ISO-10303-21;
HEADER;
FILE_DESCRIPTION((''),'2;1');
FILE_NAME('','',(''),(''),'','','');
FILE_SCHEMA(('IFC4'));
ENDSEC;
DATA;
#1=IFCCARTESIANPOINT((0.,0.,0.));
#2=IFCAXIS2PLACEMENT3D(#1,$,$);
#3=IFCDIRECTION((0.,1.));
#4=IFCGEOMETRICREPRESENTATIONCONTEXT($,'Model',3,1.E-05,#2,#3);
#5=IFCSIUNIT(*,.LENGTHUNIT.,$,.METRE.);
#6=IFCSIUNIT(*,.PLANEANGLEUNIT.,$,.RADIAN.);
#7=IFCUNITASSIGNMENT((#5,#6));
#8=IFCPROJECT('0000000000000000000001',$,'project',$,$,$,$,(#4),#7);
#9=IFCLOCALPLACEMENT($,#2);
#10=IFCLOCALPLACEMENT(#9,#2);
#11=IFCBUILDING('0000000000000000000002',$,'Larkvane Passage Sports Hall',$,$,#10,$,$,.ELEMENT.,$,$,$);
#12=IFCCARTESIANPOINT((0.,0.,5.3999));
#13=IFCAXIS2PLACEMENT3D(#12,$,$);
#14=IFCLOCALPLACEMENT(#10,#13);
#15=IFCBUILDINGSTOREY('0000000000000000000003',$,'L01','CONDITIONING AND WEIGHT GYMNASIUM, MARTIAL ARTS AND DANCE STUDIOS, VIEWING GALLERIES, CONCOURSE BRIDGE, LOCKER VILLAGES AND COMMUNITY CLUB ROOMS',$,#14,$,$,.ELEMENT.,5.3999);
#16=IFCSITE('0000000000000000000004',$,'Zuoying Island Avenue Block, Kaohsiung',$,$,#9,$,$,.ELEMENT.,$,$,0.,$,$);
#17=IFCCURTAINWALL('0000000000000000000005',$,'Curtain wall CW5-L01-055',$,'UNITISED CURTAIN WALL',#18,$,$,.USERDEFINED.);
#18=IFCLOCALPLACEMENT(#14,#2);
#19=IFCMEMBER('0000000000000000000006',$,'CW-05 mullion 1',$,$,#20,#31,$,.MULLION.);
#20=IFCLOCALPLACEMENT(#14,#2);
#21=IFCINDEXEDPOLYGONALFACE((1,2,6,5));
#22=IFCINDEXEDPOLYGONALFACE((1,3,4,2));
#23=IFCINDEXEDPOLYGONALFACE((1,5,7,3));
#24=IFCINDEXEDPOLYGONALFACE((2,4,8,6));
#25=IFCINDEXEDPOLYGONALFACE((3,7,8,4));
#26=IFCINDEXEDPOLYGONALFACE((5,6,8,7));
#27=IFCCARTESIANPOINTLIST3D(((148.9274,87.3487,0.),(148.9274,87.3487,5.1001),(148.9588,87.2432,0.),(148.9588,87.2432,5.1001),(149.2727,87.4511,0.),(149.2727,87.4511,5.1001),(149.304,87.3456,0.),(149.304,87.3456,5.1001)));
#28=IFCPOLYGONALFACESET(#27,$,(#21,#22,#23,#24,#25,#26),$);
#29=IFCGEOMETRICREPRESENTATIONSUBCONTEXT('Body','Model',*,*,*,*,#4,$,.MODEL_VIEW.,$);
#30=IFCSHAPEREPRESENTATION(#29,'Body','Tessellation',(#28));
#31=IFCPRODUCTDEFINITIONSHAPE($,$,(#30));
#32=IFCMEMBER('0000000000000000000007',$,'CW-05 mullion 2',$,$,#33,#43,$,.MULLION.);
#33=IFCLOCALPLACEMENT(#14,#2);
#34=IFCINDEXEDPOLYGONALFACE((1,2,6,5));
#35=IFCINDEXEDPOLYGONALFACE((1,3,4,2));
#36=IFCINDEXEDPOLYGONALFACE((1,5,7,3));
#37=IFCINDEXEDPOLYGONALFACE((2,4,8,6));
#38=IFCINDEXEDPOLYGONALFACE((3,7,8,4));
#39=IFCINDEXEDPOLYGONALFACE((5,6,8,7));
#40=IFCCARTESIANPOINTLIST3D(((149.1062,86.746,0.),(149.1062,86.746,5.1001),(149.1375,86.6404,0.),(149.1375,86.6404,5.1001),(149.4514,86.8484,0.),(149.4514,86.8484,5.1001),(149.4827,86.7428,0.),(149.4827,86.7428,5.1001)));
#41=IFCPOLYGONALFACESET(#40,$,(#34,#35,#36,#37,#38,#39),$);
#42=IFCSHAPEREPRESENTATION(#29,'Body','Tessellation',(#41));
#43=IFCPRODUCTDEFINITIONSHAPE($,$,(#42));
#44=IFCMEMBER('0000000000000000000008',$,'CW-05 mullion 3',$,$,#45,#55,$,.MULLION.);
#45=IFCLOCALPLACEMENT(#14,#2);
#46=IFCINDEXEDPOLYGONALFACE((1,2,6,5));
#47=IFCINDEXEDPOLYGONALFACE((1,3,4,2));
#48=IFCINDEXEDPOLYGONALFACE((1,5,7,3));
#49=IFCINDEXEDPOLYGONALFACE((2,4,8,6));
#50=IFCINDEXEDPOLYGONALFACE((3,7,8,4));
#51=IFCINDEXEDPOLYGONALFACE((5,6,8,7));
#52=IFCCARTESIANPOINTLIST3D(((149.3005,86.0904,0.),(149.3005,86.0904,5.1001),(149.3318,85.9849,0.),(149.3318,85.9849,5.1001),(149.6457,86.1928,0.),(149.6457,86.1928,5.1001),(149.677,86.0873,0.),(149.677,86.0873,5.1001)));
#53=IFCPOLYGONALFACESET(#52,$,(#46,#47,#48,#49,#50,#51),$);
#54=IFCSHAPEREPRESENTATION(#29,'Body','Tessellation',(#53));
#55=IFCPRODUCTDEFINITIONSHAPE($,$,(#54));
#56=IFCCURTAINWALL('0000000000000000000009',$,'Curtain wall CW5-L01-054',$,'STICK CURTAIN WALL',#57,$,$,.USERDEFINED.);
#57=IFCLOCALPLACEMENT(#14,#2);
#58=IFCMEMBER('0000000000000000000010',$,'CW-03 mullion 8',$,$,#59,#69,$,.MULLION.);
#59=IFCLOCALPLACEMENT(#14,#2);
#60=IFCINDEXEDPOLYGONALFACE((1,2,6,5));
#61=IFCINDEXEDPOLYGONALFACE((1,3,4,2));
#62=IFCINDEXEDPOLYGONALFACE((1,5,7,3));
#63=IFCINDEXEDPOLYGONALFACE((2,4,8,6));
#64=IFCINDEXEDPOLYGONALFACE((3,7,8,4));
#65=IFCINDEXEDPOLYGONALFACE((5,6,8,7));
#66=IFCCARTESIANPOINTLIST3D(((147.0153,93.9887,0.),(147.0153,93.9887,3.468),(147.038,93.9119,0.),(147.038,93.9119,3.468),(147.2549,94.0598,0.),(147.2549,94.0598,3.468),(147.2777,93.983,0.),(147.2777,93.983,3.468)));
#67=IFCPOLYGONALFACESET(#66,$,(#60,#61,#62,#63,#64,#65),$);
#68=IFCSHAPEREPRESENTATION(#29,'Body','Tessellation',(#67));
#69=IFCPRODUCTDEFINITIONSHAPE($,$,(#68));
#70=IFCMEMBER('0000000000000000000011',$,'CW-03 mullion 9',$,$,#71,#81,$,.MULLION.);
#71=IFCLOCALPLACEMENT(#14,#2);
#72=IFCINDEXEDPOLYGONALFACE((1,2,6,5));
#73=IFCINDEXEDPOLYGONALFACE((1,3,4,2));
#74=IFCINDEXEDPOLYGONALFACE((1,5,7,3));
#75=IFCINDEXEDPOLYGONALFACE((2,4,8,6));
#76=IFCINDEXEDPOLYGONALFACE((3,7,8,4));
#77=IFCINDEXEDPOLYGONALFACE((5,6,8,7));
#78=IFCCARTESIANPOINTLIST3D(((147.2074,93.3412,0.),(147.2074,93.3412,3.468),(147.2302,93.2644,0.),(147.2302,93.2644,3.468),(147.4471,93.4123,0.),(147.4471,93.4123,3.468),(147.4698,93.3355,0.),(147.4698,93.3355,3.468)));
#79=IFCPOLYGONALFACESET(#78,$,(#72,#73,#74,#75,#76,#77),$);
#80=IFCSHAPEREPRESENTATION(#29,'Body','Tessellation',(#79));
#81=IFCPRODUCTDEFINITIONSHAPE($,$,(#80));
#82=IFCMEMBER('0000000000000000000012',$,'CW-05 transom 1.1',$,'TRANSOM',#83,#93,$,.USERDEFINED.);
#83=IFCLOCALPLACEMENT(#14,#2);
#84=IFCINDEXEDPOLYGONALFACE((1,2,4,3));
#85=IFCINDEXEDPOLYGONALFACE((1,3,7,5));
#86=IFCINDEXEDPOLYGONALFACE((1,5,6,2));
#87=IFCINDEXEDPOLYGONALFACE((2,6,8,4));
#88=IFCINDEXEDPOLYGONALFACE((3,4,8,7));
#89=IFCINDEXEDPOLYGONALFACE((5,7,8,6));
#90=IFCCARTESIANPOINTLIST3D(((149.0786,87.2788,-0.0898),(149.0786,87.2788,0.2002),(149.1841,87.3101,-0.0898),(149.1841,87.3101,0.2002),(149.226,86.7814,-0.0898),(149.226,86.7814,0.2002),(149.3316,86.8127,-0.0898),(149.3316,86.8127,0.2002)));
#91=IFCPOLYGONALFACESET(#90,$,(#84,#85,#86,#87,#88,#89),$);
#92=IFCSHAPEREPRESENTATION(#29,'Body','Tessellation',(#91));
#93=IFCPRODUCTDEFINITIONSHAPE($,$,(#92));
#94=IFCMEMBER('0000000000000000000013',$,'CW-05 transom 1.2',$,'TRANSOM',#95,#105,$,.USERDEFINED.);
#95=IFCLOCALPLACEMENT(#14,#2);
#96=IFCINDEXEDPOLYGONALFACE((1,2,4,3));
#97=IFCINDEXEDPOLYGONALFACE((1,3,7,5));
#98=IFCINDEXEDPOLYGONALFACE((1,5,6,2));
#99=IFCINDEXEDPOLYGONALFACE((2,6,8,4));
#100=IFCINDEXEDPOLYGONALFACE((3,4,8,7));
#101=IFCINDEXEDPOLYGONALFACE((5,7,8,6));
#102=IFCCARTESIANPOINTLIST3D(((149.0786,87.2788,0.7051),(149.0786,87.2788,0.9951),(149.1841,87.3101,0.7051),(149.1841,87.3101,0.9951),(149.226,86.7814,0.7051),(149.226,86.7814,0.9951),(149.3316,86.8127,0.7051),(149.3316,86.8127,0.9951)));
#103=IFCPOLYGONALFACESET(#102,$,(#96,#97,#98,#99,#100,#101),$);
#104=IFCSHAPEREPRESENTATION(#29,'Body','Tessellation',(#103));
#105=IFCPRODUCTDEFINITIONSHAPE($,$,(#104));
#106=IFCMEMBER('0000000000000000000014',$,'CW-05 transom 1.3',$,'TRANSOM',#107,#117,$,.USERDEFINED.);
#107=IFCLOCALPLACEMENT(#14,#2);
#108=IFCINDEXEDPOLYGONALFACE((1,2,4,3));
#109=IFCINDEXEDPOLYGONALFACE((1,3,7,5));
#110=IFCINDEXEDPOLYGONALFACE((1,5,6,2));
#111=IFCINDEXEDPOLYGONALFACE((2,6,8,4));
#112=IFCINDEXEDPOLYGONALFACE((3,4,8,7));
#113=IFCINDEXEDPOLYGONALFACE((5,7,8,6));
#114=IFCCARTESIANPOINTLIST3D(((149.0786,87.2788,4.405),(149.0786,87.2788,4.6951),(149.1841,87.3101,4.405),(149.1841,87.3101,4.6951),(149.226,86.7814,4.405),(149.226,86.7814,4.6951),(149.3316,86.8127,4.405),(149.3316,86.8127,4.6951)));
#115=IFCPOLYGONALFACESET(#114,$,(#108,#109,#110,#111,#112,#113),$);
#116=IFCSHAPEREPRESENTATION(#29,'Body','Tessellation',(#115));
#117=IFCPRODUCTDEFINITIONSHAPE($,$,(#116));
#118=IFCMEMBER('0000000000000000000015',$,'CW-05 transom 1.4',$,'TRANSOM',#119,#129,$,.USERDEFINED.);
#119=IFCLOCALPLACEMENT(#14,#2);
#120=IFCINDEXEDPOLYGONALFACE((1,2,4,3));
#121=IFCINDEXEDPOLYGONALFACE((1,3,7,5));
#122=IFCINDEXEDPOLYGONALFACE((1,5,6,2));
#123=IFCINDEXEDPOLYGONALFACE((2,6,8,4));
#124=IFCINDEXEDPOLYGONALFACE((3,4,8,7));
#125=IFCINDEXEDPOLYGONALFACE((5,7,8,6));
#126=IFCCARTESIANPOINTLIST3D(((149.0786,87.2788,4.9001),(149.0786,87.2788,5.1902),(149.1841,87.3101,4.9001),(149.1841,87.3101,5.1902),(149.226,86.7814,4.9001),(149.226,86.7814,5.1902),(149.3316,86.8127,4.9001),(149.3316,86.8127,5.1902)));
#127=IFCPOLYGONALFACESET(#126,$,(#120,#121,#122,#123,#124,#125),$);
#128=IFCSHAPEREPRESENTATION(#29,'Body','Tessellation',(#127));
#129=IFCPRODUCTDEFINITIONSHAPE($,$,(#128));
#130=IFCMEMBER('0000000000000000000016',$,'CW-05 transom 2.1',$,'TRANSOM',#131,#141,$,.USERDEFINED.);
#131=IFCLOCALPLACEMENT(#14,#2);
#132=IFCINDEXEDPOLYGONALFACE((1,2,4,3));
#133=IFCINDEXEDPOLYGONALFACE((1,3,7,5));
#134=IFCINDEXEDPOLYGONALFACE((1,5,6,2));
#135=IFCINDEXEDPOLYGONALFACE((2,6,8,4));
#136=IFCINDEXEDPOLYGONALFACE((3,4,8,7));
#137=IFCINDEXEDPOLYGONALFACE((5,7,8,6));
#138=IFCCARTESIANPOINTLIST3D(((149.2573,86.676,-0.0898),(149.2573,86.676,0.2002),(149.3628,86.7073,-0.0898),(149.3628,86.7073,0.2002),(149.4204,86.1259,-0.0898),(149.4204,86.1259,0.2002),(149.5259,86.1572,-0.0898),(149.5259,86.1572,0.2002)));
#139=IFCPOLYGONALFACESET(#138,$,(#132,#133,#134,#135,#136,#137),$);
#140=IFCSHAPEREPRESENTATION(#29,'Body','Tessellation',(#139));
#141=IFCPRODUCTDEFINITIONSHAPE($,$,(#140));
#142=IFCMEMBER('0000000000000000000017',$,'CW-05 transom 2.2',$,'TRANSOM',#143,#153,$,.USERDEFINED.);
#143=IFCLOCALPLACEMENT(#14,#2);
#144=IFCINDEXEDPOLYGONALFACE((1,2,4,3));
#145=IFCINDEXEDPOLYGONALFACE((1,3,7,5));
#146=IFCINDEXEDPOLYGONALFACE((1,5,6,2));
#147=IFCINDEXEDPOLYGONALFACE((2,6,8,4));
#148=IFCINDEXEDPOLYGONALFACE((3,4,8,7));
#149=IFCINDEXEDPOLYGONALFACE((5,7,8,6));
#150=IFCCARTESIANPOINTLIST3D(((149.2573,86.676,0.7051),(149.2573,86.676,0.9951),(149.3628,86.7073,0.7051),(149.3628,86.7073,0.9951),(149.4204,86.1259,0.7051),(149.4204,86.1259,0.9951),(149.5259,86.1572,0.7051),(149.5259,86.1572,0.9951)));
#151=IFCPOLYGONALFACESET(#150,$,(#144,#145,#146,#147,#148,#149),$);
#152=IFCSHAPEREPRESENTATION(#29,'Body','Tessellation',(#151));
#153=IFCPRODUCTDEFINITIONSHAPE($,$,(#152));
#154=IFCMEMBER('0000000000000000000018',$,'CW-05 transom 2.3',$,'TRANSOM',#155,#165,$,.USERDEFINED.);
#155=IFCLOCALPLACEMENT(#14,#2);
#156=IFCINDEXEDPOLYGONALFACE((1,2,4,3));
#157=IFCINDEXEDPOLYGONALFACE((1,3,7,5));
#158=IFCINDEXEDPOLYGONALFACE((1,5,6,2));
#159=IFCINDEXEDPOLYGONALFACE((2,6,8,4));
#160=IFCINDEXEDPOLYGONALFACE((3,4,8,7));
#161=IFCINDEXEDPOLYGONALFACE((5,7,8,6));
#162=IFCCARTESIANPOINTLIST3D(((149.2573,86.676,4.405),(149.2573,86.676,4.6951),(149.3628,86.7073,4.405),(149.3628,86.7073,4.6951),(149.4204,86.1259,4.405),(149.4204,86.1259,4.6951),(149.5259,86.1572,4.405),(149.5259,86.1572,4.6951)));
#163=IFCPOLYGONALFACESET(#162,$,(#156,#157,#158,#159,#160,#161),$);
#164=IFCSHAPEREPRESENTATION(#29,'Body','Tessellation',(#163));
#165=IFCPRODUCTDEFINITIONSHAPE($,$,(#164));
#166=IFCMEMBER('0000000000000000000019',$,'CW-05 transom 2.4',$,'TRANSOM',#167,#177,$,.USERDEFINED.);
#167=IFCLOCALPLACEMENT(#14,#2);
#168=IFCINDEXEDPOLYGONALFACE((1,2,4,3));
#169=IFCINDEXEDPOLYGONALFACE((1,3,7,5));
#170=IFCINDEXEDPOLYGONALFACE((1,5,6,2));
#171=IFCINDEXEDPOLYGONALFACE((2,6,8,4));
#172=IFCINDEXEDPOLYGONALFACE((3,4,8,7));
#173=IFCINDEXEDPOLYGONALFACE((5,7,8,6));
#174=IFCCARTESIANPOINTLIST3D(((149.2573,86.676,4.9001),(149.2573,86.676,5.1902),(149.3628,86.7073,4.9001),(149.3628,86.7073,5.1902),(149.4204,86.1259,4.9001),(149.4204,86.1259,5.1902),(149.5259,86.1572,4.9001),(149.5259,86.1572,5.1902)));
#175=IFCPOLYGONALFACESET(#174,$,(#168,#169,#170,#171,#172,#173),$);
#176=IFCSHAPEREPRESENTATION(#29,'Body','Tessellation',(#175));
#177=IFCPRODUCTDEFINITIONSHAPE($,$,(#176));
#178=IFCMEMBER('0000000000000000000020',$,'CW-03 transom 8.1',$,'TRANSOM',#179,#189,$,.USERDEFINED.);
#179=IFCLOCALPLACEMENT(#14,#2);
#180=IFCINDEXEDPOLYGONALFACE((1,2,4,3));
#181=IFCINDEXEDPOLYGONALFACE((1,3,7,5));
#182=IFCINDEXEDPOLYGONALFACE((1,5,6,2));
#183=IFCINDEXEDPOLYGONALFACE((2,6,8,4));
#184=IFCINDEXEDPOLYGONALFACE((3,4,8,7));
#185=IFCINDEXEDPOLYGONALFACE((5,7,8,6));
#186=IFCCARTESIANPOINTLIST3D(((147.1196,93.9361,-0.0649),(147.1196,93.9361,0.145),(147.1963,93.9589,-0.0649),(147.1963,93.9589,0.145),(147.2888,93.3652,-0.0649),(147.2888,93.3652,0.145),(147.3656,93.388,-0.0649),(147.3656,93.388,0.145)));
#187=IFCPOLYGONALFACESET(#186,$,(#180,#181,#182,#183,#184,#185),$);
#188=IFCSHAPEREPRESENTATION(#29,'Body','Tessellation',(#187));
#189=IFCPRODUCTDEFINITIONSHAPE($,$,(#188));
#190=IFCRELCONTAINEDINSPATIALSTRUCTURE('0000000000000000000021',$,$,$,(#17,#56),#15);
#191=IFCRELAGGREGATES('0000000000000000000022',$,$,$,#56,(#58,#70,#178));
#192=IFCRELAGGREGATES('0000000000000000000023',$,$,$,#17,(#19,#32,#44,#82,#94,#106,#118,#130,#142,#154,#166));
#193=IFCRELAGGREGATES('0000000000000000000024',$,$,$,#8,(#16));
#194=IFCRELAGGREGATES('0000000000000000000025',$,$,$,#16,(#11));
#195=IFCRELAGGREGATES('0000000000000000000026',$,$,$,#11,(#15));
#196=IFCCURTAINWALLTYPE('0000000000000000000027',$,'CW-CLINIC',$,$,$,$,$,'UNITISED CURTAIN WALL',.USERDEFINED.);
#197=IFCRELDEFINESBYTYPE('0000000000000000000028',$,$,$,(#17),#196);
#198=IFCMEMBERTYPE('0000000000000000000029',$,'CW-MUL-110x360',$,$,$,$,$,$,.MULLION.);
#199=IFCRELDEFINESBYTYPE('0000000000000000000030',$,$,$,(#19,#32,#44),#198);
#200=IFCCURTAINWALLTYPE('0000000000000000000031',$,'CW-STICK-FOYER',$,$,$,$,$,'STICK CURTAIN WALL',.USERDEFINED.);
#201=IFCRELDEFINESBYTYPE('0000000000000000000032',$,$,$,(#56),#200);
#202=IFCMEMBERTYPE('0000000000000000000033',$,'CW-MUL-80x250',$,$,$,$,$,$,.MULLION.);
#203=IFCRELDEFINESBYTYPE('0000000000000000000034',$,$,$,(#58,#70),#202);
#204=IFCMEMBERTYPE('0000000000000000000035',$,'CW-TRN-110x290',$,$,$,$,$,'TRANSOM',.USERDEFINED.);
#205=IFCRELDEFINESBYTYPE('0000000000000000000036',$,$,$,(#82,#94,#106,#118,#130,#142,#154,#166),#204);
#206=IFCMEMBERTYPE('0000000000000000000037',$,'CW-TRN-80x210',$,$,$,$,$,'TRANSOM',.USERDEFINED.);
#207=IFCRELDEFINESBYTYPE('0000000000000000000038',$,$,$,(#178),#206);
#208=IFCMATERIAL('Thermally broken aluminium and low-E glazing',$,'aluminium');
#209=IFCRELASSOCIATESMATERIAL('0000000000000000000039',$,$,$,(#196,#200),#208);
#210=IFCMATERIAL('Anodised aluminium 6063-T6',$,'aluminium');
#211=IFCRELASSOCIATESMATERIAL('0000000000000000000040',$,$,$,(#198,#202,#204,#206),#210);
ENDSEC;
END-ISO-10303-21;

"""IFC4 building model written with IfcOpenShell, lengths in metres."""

from ifc_helpers import new_model, si_unit, direction, frame, origin, origin_2d, place, context, subcontext, project, spatial, rectangle, extrude, material, material_profile, profile_set, type_object, element, aggregate, save


model = new_model("IFC4")

# Units and contexts
model_context = context("Model", 3, precision=1e-05, world=origin(), true_north=direction((0.0, 1.0)))
body_context = subcontext(model_context, "Body", "Model", "MODEL_VIEW")
ifc_project = project(units=[si_unit("LENGTHUNIT", "METRE"), si_unit("PLANEANGLEUNIT", "RADIAN")], contexts=[model_context])

# Site, building, storey
site_placement = place(None, origin())
site = spatial("IfcSite", under=ifc_project, at=site_placement, Name="Zuoying Island Avenue Block, Kaohsiung", CompositionType="ELEMENT", RefElevation=0.0)
building_placement = place(site_placement, origin())
building = spatial("IfcBuilding", under=site, at=building_placement, Name="Larkvane Passage Sports Hall", CompositionType="ELEMENT")
storey_placement = place(building_placement, frame((0.0, 0.0, 5.3999)))
storey = spatial("IfcBuildingStorey", under=building, at=storey_placement, Name="L01", Description="CONDITIONING AND WEIGHT GYMNASIUM, MARTIAL ARTS AND DANCE STUDIOS, VIEWING GALLERIES, CONCOURSE BRIDGE, LOCKER VILLAGES AND COMMUNITY CLUB ROOMS", CompositionType="ELEMENT", Elevation=5.3999)

# Curtain walls, members
ifc_material_1 = material(Name="Thermally broken aluminium and low-E glazing", Category="aluminium")
curtain_wall_type_1 = type_object("IfcCurtainWallType", Name="CW-CLINIC", ElementType="UNITISED CURTAIN WALL", PredefinedType="USERDEFINED", material=ifc_material_1)
curtain_wall_1_placement = place(storey_placement, origin())
curtain_wall_1 = element("IfcCurtainWall", 1, at=curtain_wall_1_placement, inside=storey, type_object=curtain_wall_type_1, Name="Curtain wall CW5-L01-055", ObjectType="UNITISED CURTAIN WALL", PredefinedType="USERDEFINED")
ifc_material_2 = material(Name="Anodised aluminium 6063-T6", Category="aluminium")
ifc_material_profile_1 = material_profile(ifc_material_2, rectangle(XDim=0.1101, YDim=0.3601, at=origin_2d()), Name="ALU-MUL-110x360")
ifc_profile_set_1 = profile_set([ifc_material_profile_1], Name="Anodised aluminium 6063-T6")
member_type_1 = type_object("IfcMemberType", Name="CW-MUL-110x360", PredefinedType="MULLION", material=ifc_profile_set_1)
member_1_placement = place(storey_placement, frame((149.1157, 87.3472, 0.0), z_axis=(0.0, 0.0, 1.0), x_axis=(0.284365, -0.958716, 0.0)))
member_1 = element("IfcMember", 2, at=member_1_placement, type_object=member_type_1, Name="CW-05 mullion 1", PredefinedType="MULLION", context=body_context, shape_type="SweptSolid", body=[
    extrude(rectangle(XDim=0.1101, YDim=0.3601, at=origin_2d()), origin(), (0.0, 0.0, 1.0), 5.1001),
])
member_2_placement = place(storey_placement, frame((149.2944, 86.7444, 0.0), z_axis=(0.0, 0.0, 1.0), x_axis=(0.284365, -0.958716, 0.0)))
member_2 = element("IfcMember", 3, at=member_2_placement, type_object=member_type_1, Name="CW-05 mullion 2", PredefinedType="MULLION", context=body_context, shape_type="SweptSolid", body=[
    extrude(rectangle(XDim=0.1101, YDim=0.3601, at=origin_2d()), origin(), (0.0, 0.0, 1.0), 5.1001),
])
member_3_placement = place(storey_placement, frame((149.4888, 86.0889, 0.0), z_axis=(0.0, 0.0, 1.0), x_axis=(0.284365, -0.958716, 0.0)))
member_3 = element("IfcMember", 4, at=member_3_placement, type_object=member_type_1, Name="CW-05 mullion 3", PredefinedType="MULLION", context=body_context, shape_type="SweptSolid", body=[
    extrude(rectangle(XDim=0.1101, YDim=0.3601, at=origin_2d()), origin(), (0.0, 0.0, 1.0), 5.1001),
])
curtain_wall_type_2 = type_object("IfcCurtainWallType", Name="CW-STICK-FOYER", ElementType="STICK CURTAIN WALL", PredefinedType="USERDEFINED", material=ifc_material_1)
curtain_wall_2_placement = place(storey_placement, origin())
curtain_wall_2 = element("IfcCurtainWall", 5, at=curtain_wall_2_placement, inside=storey, type_object=curtain_wall_type_2, Name="Curtain wall CW5-L01-054", ObjectType="STICK CURTAIN WALL", PredefinedType="USERDEFINED")
ifc_material_profile_2 = material_profile(ifc_material_2, rectangle(XDim=0.0801, YDim=0.25, at=origin_2d()), Name="ALU-MUL-80x250")
ifc_profile_set_2 = profile_set([ifc_material_profile_2], Name="Anodised aluminium 6063-T6")
member_type_2 = type_object("IfcMemberType", Name="CW-MUL-80x250", PredefinedType="MULLION", material=ifc_profile_set_2)
member_4_placement = place(storey_placement, frame((147.1465, 93.9858, 0.0), z_axis=(0.0, 0.0, 1.0), x_axis=(0.284363, -0.958717, 0.0)))
member_4 = element("IfcMember", 6, at=member_4_placement, type_object=member_type_2, Name="CW-03 mullion 8", PredefinedType="MULLION", context=body_context, shape_type="SweptSolid", body=[
    extrude(rectangle(XDim=0.0801, YDim=0.25, at=origin_2d()), origin(), (0.0, 0.0, 1.0), 3.468),
])
member_5_placement = place(storey_placement, frame((147.3386, 93.3384, 0.0), z_axis=(0.0, 0.0, 1.0), x_axis=(0.284363, -0.958717, 0.0)))
member_5 = element("IfcMember", 7, at=member_5_placement, type_object=member_type_2, Name="CW-03 mullion 9", PredefinedType="MULLION", context=body_context, shape_type="SweptSolid", body=[
    extrude(rectangle(XDim=0.0801, YDim=0.25, at=origin_2d()), origin(), (0.0, 0.0, 1.0), 3.468),
])

# Members
ifc_material_profile_3 = material_profile(ifc_material_2, rectangle(XDim=0.1101, YDim=0.29, at=origin_2d()), Name="ALU-TRN-110x290")
ifc_profile_set_3 = profile_set([ifc_material_profile_3], Name="Anodised aluminium 6063-T6")
member_type_3 = type_object("IfcMemberType", Name="CW-TRN-110x290", ElementType="TRANSOM", PredefinedType="USERDEFINED", material=ifc_profile_set_3)
member_6_placement = place(storey_placement, frame((149.1313, 87.2944, 0.0552), z_axis=(0.284281, -0.958741, 0.0), x_axis=(0.958741, 0.284281, 0.0)))
member_6 = element("IfcMember", 8, at=member_6_placement, type_object=member_type_3, Name="CW-05 transom 1.1", ObjectType="TRANSOM", PredefinedType="USERDEFINED", context=body_context, shape_type="SweptSolid", body=[
    extrude(rectangle(XDim=0.1101, YDim=0.29, at=origin_2d()), origin(), (0.0, 0.0, 1.0), 0.5188),
])
member_7_placement = place(storey_placement, frame((149.1313, 87.2944, 0.8501), z_axis=(0.284281, -0.958741, 0.0), x_axis=(0.958741, 0.284281, 0.0)))
member_7 = element("IfcMember", 9, at=member_7_placement, type_object=member_type_3, Name="CW-05 transom 1.2", ObjectType="TRANSOM", PredefinedType="USERDEFINED", context=body_context, shape_type="SweptSolid", body=[
    extrude(rectangle(XDim=0.1101, YDim=0.29, at=origin_2d()), origin(), (0.0, 0.0, 1.0), 0.5188),
])
member_8_placement = place(storey_placement, frame((149.1313, 87.2944, 4.55), z_axis=(0.284281, -0.958741, 0.0), x_axis=(0.958741, 0.284281, 0.0)))
member_8 = element("IfcMember", 10, at=member_8_placement, type_object=member_type_3, Name="CW-05 transom 1.3", ObjectType="TRANSOM", PredefinedType="USERDEFINED", context=body_context, shape_type="SweptSolid", body=[
    extrude(rectangle(XDim=0.1101, YDim=0.29, at=origin_2d()), origin(), (0.0, 0.0, 1.0), 0.5188),
])
member_9_placement = place(storey_placement, frame((149.1313, 87.2944, 5.0452), z_axis=(0.284281, -0.958741, 0.0), x_axis=(0.958741, 0.284281, 0.0)))
member_9 = element("IfcMember", 11, at=member_9_placement, type_object=member_type_3, Name="CW-05 transom 1.4", ObjectType="TRANSOM", PredefinedType="USERDEFINED", context=body_context, shape_type="SweptSolid", body=[
    extrude(rectangle(XDim=0.1101, YDim=0.29, at=origin_2d()), origin(), (0.0, 0.0, 1.0), 0.5188),
])
member_10_placement = place(storey_placement, frame((149.3101, 86.6917, 0.0552), z_axis=(0.284262, -0.958747, 0.0), x_axis=(0.958747, 0.284262, 0.0)))
member_10 = element("IfcMember", 12, at=member_10_placement, type_object=member_type_3, Name="CW-05 transom 2.1", ObjectType="TRANSOM", PredefinedType="USERDEFINED", context=body_context, shape_type="SweptSolid", body=[
    extrude(rectangle(XDim=0.1101, YDim=0.29, at=origin_2d()), origin(), (0.0, 0.0, 1.0), 0.5737),
])
member_11_placement = place(storey_placement, frame((149.3101, 86.6917, 0.8501), z_axis=(0.284262, -0.958747, 0.0), x_axis=(0.958747, 0.284262, 0.0)))
member_11 = element("IfcMember", 13, at=member_11_placement, type_object=member_type_3, Name="CW-05 transom 2.2", ObjectType="TRANSOM", PredefinedType="USERDEFINED", context=body_context, shape_type="SweptSolid", body=[
    extrude(rectangle(XDim=0.1101, YDim=0.29, at=origin_2d()), origin(), (0.0, 0.0, 1.0), 0.5737),
])
member_12_placement = place(storey_placement, frame((149.3101, 86.6917, 4.55), z_axis=(0.284262, -0.958747, 0.0), x_axis=(0.958747, 0.284262, 0.0)))
member_12 = element("IfcMember", 14, at=member_12_placement, type_object=member_type_3, Name="CW-05 transom 2.3", ObjectType="TRANSOM", PredefinedType="USERDEFINED", context=body_context, shape_type="SweptSolid", body=[
    extrude(rectangle(XDim=0.1101, YDim=0.29, at=origin_2d()), origin(), (0.0, 0.0, 1.0), 0.5737),
])
member_13_placement = place(storey_placement, frame((149.3101, 86.6917, 5.0452), z_axis=(0.284262, -0.958747, 0.0), x_axis=(0.958747, 0.284262, 0.0)))
member_13 = element("IfcMember", 15, at=member_13_placement, type_object=member_type_3, Name="CW-05 transom 2.4", ObjectType="TRANSOM", PredefinedType="USERDEFINED", context=body_context, shape_type="SweptSolid", body=[
    extrude(rectangle(XDim=0.1101, YDim=0.29, at=origin_2d()), origin(), (0.0, 0.0, 1.0), 0.5737),
])
ifc_material_profile_4 = material_profile(ifc_material_2, rectangle(XDim=0.0801, YDim=0.21, at=origin_2d()), Name="ALU-TRN-80x210")
ifc_profile_set_4 = profile_set([ifc_material_profile_4], Name="Anodised aluminium 6063-T6")
member_type_4 = type_object("IfcMemberType", Name="CW-TRN-80x210", ElementType="TRANSOM", PredefinedType="USERDEFINED", material=ifc_profile_set_4)
member_14_placement = place(storey_placement, frame((147.158, 93.9475, 0.04), z_axis=(0.284186, -0.958769, 0.0), x_axis=(0.958769, 0.284186, 0.0)))
member_14 = element("IfcMember", 16, at=member_14_placement, type_object=member_type_4, Name="CW-03 transom 8.1", ObjectType="TRANSOM", PredefinedType="USERDEFINED", context=body_context, shape_type="SweptSolid", body=[
    extrude(rectangle(XDim=0.0801, YDim=0.21, at=origin_2d()), origin(), (0.0, 0.0, 1.0), 0.5955),
])

aggregate(curtain_wall_2, [member_4, member_5, member_14])
aggregate(curtain_wall_1, [member_1, member_2, member_3, member_6, member_7, member_8, member_9, member_10, member_11, member_12, member_13])

save(model, "model.ifc")
